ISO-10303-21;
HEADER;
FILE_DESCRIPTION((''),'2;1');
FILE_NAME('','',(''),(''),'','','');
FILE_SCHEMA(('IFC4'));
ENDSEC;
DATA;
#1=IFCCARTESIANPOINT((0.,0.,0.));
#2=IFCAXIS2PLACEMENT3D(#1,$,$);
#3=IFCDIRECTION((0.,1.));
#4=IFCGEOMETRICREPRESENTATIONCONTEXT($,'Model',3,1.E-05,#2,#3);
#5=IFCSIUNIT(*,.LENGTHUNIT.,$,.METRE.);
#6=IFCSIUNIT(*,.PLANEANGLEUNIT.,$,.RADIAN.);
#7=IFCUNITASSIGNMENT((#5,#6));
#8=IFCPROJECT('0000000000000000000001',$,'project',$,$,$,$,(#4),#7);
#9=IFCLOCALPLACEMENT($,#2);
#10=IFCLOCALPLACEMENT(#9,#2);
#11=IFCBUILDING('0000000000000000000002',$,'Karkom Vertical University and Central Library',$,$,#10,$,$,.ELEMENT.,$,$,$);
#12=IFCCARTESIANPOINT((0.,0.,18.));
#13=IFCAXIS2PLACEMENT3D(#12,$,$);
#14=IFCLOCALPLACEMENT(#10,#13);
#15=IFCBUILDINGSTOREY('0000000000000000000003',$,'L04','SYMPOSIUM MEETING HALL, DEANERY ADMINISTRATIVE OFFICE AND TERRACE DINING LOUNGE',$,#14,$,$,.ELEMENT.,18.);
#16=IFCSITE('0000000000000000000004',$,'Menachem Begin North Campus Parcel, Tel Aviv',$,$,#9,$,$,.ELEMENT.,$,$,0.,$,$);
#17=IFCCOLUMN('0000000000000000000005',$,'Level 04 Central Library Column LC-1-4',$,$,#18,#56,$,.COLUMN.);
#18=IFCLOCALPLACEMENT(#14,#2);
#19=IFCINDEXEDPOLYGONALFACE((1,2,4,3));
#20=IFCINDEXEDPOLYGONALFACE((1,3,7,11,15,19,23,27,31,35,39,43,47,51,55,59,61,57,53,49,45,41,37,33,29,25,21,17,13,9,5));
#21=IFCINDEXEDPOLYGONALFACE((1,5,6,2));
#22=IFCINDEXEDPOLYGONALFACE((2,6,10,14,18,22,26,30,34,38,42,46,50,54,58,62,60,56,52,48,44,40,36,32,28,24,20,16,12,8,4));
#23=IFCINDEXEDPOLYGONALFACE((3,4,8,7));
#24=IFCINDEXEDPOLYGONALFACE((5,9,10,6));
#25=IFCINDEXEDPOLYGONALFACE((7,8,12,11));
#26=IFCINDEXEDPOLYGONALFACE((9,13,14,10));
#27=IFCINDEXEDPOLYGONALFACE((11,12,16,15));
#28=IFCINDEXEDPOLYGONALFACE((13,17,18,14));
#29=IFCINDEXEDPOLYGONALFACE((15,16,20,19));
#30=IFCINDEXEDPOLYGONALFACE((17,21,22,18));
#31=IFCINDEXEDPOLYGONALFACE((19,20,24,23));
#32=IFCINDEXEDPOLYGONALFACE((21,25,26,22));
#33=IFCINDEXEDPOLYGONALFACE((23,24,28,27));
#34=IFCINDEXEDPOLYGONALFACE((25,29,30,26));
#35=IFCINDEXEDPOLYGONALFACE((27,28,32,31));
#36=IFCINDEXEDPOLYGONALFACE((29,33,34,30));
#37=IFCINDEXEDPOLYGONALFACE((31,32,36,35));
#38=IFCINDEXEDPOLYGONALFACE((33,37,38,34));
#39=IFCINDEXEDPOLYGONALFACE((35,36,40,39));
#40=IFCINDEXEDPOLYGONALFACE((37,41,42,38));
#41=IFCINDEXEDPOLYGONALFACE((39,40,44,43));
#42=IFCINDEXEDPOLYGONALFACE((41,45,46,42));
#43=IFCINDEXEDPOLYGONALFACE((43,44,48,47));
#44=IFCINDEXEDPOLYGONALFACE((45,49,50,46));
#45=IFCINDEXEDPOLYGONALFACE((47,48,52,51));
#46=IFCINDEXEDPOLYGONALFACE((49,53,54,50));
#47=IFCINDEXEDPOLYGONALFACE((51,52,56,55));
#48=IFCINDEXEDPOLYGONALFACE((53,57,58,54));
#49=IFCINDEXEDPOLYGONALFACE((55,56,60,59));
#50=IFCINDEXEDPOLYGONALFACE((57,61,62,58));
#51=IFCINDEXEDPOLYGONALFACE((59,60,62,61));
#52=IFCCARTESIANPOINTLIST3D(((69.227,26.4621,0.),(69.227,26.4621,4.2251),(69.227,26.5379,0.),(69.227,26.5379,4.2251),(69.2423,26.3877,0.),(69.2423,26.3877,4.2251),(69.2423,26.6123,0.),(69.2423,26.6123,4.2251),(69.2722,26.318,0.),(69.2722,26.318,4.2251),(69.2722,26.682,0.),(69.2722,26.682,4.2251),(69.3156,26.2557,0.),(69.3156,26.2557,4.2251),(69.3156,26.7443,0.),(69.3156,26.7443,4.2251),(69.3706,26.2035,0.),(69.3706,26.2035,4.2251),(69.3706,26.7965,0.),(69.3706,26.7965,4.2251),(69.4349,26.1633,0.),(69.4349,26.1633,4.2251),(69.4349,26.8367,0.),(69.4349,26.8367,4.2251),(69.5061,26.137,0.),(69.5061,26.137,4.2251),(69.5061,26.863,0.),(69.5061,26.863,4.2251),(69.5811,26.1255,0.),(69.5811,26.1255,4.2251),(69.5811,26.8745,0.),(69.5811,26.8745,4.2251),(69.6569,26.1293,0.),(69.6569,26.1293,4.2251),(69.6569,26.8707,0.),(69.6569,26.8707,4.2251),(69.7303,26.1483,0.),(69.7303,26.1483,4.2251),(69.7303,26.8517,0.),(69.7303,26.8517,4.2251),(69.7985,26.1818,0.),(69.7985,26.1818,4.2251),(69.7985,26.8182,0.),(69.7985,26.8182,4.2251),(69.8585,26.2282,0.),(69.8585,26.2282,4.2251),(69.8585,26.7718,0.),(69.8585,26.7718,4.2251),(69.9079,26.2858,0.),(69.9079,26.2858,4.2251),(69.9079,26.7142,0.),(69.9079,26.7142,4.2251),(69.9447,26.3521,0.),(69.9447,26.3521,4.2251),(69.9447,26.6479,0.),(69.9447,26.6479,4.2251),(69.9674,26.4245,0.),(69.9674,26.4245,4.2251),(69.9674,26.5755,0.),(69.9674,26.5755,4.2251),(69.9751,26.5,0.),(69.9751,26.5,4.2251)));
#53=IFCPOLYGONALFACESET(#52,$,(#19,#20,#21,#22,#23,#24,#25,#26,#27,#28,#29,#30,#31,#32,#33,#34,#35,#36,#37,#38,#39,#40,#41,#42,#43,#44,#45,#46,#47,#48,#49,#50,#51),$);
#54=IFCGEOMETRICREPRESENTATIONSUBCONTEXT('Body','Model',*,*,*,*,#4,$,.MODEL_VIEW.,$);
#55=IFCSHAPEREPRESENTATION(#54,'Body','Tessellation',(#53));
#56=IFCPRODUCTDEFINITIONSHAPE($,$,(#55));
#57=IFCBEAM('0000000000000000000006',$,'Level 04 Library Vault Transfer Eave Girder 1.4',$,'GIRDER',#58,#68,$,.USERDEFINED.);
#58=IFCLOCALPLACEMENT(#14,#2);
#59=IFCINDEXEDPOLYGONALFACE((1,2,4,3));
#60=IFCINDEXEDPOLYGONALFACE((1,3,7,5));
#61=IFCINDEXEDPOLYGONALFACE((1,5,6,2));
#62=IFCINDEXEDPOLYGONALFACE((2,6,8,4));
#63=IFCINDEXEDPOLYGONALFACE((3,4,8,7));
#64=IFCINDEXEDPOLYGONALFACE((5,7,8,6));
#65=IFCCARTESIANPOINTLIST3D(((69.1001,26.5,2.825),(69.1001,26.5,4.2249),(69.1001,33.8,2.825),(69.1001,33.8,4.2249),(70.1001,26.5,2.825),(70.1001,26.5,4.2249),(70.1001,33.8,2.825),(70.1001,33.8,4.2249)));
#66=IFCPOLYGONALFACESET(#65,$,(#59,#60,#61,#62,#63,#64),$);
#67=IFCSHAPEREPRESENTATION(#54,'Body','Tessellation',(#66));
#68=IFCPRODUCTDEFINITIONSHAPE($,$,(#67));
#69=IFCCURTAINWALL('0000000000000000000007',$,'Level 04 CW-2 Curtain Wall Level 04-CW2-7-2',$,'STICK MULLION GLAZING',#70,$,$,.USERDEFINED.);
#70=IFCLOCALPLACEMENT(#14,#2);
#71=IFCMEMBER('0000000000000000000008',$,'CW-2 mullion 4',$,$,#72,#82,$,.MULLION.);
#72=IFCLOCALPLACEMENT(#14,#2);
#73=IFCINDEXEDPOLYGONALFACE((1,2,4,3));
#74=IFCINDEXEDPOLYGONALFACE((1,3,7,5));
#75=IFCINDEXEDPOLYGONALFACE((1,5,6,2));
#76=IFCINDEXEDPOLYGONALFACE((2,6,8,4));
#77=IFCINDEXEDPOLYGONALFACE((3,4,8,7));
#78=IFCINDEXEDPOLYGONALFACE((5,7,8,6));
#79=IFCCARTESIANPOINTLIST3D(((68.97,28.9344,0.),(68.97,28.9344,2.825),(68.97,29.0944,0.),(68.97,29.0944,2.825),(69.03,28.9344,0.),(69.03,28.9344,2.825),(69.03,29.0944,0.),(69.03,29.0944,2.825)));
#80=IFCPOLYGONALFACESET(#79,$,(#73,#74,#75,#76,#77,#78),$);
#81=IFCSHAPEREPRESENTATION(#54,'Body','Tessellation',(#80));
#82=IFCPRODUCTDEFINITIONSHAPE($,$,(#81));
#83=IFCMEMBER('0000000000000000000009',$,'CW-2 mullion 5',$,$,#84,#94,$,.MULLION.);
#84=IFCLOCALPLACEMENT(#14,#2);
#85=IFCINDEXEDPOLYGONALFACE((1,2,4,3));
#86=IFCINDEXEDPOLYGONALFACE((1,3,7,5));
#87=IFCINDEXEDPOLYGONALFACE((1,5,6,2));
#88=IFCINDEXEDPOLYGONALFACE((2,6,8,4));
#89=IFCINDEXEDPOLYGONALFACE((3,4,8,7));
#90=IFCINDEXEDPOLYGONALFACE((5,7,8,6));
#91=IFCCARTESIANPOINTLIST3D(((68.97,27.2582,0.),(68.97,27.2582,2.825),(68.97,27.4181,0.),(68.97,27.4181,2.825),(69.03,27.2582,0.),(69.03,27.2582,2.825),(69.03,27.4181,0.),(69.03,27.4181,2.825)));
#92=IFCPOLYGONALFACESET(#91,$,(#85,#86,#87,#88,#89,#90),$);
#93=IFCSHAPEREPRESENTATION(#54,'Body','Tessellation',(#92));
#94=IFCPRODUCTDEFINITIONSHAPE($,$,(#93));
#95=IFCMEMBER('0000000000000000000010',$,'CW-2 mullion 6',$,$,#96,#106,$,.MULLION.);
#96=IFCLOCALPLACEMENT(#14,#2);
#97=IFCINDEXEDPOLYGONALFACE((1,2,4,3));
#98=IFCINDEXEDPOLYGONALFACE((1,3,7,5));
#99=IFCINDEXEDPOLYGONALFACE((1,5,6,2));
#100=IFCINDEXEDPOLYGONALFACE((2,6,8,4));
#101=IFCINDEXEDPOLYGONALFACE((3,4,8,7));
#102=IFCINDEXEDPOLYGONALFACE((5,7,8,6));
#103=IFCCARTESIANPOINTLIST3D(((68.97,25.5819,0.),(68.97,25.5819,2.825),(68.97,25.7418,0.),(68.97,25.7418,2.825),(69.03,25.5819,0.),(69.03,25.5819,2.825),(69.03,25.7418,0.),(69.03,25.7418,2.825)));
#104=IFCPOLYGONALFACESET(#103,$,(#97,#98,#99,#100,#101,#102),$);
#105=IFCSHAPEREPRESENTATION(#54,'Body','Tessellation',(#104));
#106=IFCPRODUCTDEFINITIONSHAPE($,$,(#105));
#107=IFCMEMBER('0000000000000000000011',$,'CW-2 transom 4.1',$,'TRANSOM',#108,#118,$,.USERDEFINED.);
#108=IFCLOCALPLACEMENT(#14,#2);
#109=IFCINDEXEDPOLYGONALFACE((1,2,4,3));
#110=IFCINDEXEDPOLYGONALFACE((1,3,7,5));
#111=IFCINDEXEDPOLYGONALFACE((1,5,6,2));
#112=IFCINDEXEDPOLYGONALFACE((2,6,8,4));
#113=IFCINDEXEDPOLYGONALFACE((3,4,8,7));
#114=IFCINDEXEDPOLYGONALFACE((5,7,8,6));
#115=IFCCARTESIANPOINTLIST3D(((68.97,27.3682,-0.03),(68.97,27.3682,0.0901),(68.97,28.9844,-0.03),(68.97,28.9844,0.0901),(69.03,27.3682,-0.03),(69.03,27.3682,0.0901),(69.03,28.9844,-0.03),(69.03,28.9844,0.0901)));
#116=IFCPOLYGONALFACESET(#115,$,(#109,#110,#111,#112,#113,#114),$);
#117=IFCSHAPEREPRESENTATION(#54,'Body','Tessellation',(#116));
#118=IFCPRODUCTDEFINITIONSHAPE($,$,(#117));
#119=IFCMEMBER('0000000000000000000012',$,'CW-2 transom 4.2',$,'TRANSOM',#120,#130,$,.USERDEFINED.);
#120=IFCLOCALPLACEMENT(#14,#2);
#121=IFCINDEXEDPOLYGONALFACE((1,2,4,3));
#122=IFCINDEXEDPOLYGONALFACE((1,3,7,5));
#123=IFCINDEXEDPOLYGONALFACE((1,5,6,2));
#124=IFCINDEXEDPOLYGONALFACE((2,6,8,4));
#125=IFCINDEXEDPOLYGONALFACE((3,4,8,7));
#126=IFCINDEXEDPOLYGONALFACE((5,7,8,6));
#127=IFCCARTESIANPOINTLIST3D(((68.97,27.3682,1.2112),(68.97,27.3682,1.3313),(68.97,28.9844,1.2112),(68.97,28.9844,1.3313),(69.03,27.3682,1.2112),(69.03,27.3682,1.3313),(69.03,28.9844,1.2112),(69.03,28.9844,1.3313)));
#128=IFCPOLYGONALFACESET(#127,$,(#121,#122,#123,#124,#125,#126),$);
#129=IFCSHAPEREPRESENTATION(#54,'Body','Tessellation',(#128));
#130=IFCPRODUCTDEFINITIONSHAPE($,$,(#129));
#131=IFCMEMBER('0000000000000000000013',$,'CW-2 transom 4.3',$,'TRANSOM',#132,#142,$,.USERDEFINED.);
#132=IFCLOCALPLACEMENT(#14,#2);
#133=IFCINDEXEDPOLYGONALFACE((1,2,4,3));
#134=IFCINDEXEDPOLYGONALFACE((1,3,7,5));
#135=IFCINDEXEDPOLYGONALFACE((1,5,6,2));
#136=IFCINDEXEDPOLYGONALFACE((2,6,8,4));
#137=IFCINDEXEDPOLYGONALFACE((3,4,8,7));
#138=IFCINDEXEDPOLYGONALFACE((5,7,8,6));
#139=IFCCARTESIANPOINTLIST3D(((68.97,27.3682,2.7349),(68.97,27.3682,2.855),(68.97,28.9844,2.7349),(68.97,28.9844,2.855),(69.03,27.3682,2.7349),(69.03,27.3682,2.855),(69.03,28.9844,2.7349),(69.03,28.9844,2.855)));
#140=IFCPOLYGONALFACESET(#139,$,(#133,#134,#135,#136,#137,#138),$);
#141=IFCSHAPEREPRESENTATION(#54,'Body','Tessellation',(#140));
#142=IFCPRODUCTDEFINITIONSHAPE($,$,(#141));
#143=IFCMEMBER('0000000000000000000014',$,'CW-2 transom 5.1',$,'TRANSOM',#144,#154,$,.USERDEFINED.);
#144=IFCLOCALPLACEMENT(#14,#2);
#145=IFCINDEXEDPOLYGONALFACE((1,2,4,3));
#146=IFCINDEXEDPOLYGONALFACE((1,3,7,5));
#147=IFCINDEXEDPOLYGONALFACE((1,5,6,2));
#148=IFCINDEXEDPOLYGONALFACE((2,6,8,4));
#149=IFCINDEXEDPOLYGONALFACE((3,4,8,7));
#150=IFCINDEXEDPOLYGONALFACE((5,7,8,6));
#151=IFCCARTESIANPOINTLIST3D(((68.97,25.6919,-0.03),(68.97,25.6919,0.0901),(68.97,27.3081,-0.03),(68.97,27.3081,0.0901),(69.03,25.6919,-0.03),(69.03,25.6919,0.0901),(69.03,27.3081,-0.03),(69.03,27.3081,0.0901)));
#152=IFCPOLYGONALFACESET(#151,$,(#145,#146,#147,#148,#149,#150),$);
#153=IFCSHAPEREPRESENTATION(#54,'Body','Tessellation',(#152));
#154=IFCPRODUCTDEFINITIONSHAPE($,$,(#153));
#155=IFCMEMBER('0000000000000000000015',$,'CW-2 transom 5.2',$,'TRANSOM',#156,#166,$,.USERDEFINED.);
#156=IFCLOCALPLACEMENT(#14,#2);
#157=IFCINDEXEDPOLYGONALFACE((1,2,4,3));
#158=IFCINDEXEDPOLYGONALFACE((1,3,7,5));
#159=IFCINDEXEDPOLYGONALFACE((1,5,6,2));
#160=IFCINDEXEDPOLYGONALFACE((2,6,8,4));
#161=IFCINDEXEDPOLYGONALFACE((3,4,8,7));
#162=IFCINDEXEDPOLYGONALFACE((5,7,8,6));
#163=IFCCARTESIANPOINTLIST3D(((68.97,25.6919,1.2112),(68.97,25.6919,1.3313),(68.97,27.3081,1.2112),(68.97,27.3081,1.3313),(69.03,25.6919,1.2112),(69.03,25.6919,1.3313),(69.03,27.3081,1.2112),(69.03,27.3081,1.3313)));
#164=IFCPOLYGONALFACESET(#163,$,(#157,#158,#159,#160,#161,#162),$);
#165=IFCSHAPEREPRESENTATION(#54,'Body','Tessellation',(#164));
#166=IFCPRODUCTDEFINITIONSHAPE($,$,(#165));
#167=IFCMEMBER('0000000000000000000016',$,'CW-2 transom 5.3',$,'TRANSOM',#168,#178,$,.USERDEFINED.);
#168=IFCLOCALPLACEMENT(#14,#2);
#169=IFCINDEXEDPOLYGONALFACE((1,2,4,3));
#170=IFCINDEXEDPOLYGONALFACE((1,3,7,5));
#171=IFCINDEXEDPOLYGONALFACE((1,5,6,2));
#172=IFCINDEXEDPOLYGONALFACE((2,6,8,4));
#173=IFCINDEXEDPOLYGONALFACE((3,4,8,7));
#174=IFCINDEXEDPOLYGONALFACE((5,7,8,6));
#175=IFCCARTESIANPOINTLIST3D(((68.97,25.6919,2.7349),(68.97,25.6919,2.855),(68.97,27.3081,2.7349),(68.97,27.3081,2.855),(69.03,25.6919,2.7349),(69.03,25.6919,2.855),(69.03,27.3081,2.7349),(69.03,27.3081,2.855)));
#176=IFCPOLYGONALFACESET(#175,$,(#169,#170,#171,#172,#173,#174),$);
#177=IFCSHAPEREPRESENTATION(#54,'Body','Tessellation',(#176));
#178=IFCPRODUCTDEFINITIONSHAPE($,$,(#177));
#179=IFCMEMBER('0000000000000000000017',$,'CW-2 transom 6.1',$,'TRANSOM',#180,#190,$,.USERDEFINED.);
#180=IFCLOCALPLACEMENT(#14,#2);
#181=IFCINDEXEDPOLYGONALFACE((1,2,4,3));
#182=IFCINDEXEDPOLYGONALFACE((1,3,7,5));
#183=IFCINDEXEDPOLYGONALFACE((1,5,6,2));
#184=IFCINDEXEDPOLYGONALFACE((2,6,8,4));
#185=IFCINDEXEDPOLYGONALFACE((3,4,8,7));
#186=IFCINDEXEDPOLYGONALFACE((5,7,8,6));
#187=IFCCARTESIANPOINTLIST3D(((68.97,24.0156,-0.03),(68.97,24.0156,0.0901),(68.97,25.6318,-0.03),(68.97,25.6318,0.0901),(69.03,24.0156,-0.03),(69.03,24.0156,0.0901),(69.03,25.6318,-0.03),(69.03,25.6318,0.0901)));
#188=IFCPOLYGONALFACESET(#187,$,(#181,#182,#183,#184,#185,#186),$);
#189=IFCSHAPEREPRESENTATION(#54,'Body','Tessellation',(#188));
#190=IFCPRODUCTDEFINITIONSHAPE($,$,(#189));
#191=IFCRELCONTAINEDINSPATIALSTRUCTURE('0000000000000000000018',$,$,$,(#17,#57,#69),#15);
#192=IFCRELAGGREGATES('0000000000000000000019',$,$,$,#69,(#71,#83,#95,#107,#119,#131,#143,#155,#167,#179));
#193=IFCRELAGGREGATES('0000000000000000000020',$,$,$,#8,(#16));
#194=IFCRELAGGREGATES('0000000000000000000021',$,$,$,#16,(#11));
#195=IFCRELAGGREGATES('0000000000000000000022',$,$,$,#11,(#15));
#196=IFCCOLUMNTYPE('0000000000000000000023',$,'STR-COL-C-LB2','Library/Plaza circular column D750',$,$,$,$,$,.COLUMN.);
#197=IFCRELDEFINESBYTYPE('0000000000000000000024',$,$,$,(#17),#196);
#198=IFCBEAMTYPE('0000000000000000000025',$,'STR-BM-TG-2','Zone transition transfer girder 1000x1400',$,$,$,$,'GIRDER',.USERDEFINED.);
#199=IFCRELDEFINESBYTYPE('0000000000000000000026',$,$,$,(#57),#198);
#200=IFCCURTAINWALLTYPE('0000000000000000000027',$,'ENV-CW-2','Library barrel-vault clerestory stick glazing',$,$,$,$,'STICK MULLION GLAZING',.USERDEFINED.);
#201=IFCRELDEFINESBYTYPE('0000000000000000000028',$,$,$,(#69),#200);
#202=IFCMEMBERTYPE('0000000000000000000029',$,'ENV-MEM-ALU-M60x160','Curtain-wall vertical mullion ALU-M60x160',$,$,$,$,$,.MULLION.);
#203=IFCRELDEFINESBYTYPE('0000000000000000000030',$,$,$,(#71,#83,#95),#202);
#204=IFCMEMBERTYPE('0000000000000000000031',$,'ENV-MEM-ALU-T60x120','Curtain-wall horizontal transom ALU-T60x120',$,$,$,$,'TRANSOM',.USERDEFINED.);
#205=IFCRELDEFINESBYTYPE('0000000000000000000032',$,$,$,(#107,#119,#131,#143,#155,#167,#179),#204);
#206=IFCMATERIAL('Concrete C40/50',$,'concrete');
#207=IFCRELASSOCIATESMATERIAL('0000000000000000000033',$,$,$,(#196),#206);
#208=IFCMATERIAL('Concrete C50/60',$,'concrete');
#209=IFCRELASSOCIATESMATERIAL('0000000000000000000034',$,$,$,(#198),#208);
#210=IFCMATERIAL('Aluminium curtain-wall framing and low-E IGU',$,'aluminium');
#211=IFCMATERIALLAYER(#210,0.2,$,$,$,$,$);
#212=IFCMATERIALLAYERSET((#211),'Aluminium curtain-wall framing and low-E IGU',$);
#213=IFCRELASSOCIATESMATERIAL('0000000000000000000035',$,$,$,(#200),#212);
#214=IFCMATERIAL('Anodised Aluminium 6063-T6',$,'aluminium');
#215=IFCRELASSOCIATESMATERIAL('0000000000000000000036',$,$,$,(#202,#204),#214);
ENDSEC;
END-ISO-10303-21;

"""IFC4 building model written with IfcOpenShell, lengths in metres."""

from ifc_helpers import new_model, si_unit, direction, frame, origin, origin_with_axes, origin_2d, place, context, subcontext, project, spatial, rectangle, circle, extrude, source, transform, mapped, material, layer, layer_set, material_profile, profile_set, type_object, element, aggregate, save


model = new_model("IFC4")

# Units and contexts
model_context = context("Model", 3, precision=1e-05, world=origin(), true_north=direction((0.0, 1.0)))
body_context = subcontext(model_context, "Body", "Model", "MODEL_VIEW")
ifc_project = project(units=[si_unit("LENGTHUNIT", "METRE"), si_unit("PLANEANGLEUNIT", "RADIAN")], contexts=[model_context])

# Site, building, storey
site_placement = place(None, origin())
site = spatial("IfcSite", under=ifc_project, at=site_placement, Name="Menachem Begin North Campus Parcel, Tel Aviv", CompositionType="ELEMENT", RefElevation=0.0)
building_placement = place(site_placement, origin())
building = spatial("IfcBuilding", under=site, at=building_placement, Name="Karkom Vertical University and Central Library", CompositionType="ELEMENT")
storey_placement = place(building_placement, frame((0.0, 0.0, 18.0)))
storey = spatial("IfcBuildingStorey", under=building, at=storey_placement, Name="L04", Description="SYMPOSIUM MEETING HALL, DEANERY ADMINISTRATIVE OFFICE AND TERRACE DINING LOUNGE", CompositionType="ELEMENT", Elevation=18.0)

# Column
ifc_material_1 = material(Name="Concrete C40/50", Category="concrete")
ifc_material_profile_1 = material_profile(ifc_material_1, circle(Radius=0.375, at=origin_2d()), Name="RC-D750")
ifc_profile_set_1 = profile_set([ifc_material_profile_1], Name="Concrete C40/50")
column_type = type_object("IfcColumnType", Name="STR-COL-C-LB2", Description="Library/Plaza circular column D750", PredefinedType="COLUMN", material=ifc_profile_set_1)
shared_shape_1 = source(origin_with_axes(), body_context, "Body", "SweptSolid", [
    extrude(circle(Radius=0.375, at=origin_2d()), origin(), (0.0, 0.0, 1.0), 4.2251),
])
column_placement = place(storey_placement, frame((69.6001, 26.5, 0.0), z_axis=(0.0, 0.0, 1.0), x_axis=(1.0, 0.0, 0.0)))
element("IfcColumn", 1, at=column_placement, inside=storey, type_object=column_type, Name="Level 04 Central Library Column LC-1-4", PredefinedType="COLUMN", context=body_context, shape_type="MappedRepresentation", body=[
    mapped(shared_shape_1, transform((0.0, 0.0, 0.0), scale=1.0)),
])

# Beam
ifc_material_2 = material(Name="Concrete C50/60", Category="concrete")
ifc_material_profile_2 = material_profile(ifc_material_2, rectangle(XDim=1.0, YDim=1.3999, at=origin_2d()), Name="TG-1000x1400")
ifc_profile_set_2 = profile_set([ifc_material_profile_2], Name="Concrete C50/60")
beam_type = type_object("IfcBeamType", Name="STR-BM-TG-2", Description="Zone transition transfer girder 1000x1400", ElementType="GIRDER", PredefinedType="USERDEFINED", material=ifc_profile_set_2)
shared_shape_2 = source(origin_with_axes(), body_context, "Body", "SweptSolid", [
    extrude(rectangle(XDim=1.0, YDim=1.3999, at=origin_2d()), origin(), (0.0, 0.0, 1.0), 7.3),
])
beam_placement = place(storey_placement, frame((69.6001, 26.5, 3.5249), z_axis=(0.0, 1.0, 0.0), x_axis=(-1.0, 0.0, 0.0)))
element("IfcBeam", 2, at=beam_placement, inside=storey, type_object=beam_type, Name="Level 04 Library Vault Transfer Eave Girder 1.4", ObjectType="GIRDER", PredefinedType="USERDEFINED", context=body_context, shape_type="MappedRepresentation", body=[
    mapped(shared_shape_2, transform((0.0, 0.0, 0.0), scale=1.0)),
])

# Curtain wall, members
ifc_material_3 = material(Name="Aluminium curtain-wall framing and low-E IGU", Category="aluminium")
ifc_layer_1 = layer(ifc_material_3, 0.2)
ifc_layer_set_1 = layer_set([ifc_layer_1], Name="Aluminium curtain-wall framing and low-E IGU")
curtain_wall_type = type_object("IfcCurtainWallType", Name="ENV-CW-2", Description="Library barrel-vault clerestory stick glazing", ElementType="STICK MULLION GLAZING", PredefinedType="USERDEFINED", material=ifc_layer_set_1)
curtain_wall_placement = place(storey_placement, origin())
curtain_wall = element("IfcCurtainWall", 3, at=curtain_wall_placement, inside=storey, type_object=curtain_wall_type, Name="Level 04 CW-2 Curtain Wall Level 04-CW2-7-2", ObjectType="STICK MULLION GLAZING", PredefinedType="USERDEFINED")
ifc_material_4 = material(Name="Anodised Aluminium 6063-T6", Category="aluminium")
ifc_material_profile_3 = material_profile(ifc_material_4, rectangle(XDim=0.0601, YDim=0.1599, at=origin_2d()), Name="ALU-M60x160")
ifc_profile_set_3 = profile_set([ifc_material_profile_3], Name="Anodised Aluminium 6063-T6")
member_type_1 = type_object("IfcMemberType", Name="ENV-MEM-ALU-M60x160", Description="Curtain-wall vertical mullion ALU-M60x160", PredefinedType="MULLION", material=ifc_profile_set_3)
shared_shape_3 = source(origin_with_axes(), body_context, "Body", "SweptSolid", [
    extrude(rectangle(XDim=0.0601, YDim=0.1599, at=origin_2d()), origin(), (0.0, 0.0, 1.0), 2.825),
])
member_1_placement = place(storey_placement, frame((69.0, 29.0144, 0.0), z_axis=(0.0, 0.0, 1.0), x_axis=(1.0, 0.0, 0.0)))
member_1 = element("IfcMember", 4, at=member_1_placement, type_object=member_type_1, Name="CW-2 mullion 4", PredefinedType="MULLION", context=body_context, shape_type="MappedRepresentation", body=[
    mapped(shared_shape_3, transform((0.0, 0.0, 0.0), scale=1.0)),
])
member_2_placement = place(storey_placement, frame((69.0, 27.3381, 0.0), z_axis=(0.0, 0.0, 1.0), x_axis=(1.0, 0.0, 0.0)))
member_2 = element("IfcMember", 5, at=member_2_placement, type_object=member_type_1, Name="CW-2 mullion 5", PredefinedType="MULLION", context=body_context, shape_type="MappedRepresentation", body=[
    mapped(shared_shape_3, transform((0.0, 0.0, 0.0), scale=1.0)),
])
member_3_placement = place(storey_placement, frame((69.0, 25.6619, 0.0), z_axis=(0.0, 0.0, 1.0), x_axis=(1.0, 0.0, 0.0)))
member_3 = element("IfcMember", 6, at=member_3_placement, type_object=member_type_1, Name="CW-2 mullion 6", PredefinedType="MULLION", context=body_context, shape_type="MappedRepresentation", body=[
    mapped(shared_shape_3, transform((0.0, 0.0, 0.0), scale=1.0)),
])
ifc_material_profile_4 = material_profile(ifc_material_4, rectangle(XDim=0.0601, YDim=0.1201, at=origin_2d()), Name="ALU-T60x120")
ifc_profile_set_4 = profile_set([ifc_material_profile_4], Name="Anodised Aluminium 6063-T6")
member_type_2 = type_object("IfcMemberType", Name="ENV-MEM-ALU-T60x120", Description="Curtain-wall horizontal transom ALU-T60x120", ElementType="TRANSOM", PredefinedType="USERDEFINED", material=ifc_profile_set_4)
shared_shape_4 = source(origin_with_axes(), body_context, "Body", "SweptSolid", [
    extrude(rectangle(XDim=0.0601, YDim=0.1201, at=origin_2d()), origin(), (0.0, 0.0, 1.0), 1.6162),
])
member_4_placement = place(storey_placement, frame((69.0, 28.9844, 0.03), z_axis=(0.0, -1.0, 0.0), x_axis=(1.0, 0.0, 0.0)))
member_4 = element("IfcMember", 7, at=member_4_placement, type_object=member_type_2, Name="CW-2 transom 4.1", ObjectType="TRANSOM", PredefinedType="USERDEFINED", context=body_context, shape_type="MappedRepresentation", body=[
    mapped(shared_shape_4, transform((0.0, 0.0, 0.0), scale=1.0)),
])
member_5_placement = place(storey_placement, frame((69.0, 28.9844, 1.2712), z_axis=(0.0, -1.0, 0.0), x_axis=(1.0, 0.0, 0.0)))
member_5 = element("IfcMember", 8, at=member_5_placement, type_object=member_type_2, Name="CW-2 transom 4.2", ObjectType="TRANSOM", PredefinedType="USERDEFINED", context=body_context, shape_type="MappedRepresentation", body=[
    mapped(shared_shape_4, transform((0.0, 0.0, 0.0), scale=1.0)),
])
member_6_placement = place(storey_placement, frame((69.0, 28.9844, 2.7949), z_axis=(0.0, -1.0, 0.0), x_axis=(1.0, 0.0, 0.0)))
member_6 = element("IfcMember", 9, at=member_6_placement, type_object=member_type_2, Name="CW-2 transom 4.3", ObjectType="TRANSOM", PredefinedType="USERDEFINED", context=body_context, shape_type="MappedRepresentation", body=[
    mapped(shared_shape_4, transform((0.0, 0.0, 0.0), scale=1.0)),
])
member_7_placement = place(storey_placement, frame((69.0, 27.3081, 0.03), z_axis=(0.0, -1.0, 0.0), x_axis=(1.0, 0.0, 0.0)))
member_7 = element("IfcMember", 10, at=member_7_placement, type_object=member_type_2, Name="CW-2 transom 5.1", ObjectType="TRANSOM", PredefinedType="USERDEFINED", context=body_context, shape_type="MappedRepresentation", body=[
    mapped(shared_shape_4, transform((0.0, 0.0, 0.0), scale=1.0)),
])
member_8_placement = place(storey_placement, frame((69.0, 27.3081, 1.2712), z_axis=(0.0, -1.0, 0.0), x_axis=(1.0, 0.0, 0.0)))
member_8 = element("IfcMember", 11, at=member_8_placement, type_object=member_type_2, Name="CW-2 transom 5.2", ObjectType="TRANSOM", PredefinedType="USERDEFINED", context=body_context, shape_type="MappedRepresentation", body=[
    mapped(shared_shape_4, transform((0.0, 0.0, 0.0), scale=1.0)),
])
member_9_placement = place(storey_placement, frame((69.0, 27.3081, 2.7949), z_axis=(0.0, -1.0, 0.0), x_axis=(1.0, 0.0, 0.0)))
member_9 = element("IfcMember", 12, at=member_9_placement, type_object=member_type_2, Name="CW-2 transom 5.3", ObjectType="TRANSOM", PredefinedType="USERDEFINED", context=body_context, shape_type="MappedRepresentation", body=[
    mapped(shared_shape_4, transform((0.0, 0.0, 0.0), scale=1.0)),
])
member_10_placement = place(storey_placement, frame((69.0, 25.6318, 0.03), z_axis=(0.0, -1.0, 0.0), x_axis=(1.0, 0.0, 0.0)))
member_10 = element("IfcMember", 13, at=member_10_placement, type_object=member_type_2, Name="CW-2 transom 6.1", ObjectType="TRANSOM", PredefinedType="USERDEFINED", context=body_context, shape_type="MappedRepresentation", body=[
    mapped(shared_shape_4, transform((0.0, 0.0, 0.0), scale=1.0)),
])
aggregate(curtain_wall, [member_1, member_2, member_3, member_4, member_5, member_6, member_7, member_8, member_9, member_10])

save(model, "model.ifc")
